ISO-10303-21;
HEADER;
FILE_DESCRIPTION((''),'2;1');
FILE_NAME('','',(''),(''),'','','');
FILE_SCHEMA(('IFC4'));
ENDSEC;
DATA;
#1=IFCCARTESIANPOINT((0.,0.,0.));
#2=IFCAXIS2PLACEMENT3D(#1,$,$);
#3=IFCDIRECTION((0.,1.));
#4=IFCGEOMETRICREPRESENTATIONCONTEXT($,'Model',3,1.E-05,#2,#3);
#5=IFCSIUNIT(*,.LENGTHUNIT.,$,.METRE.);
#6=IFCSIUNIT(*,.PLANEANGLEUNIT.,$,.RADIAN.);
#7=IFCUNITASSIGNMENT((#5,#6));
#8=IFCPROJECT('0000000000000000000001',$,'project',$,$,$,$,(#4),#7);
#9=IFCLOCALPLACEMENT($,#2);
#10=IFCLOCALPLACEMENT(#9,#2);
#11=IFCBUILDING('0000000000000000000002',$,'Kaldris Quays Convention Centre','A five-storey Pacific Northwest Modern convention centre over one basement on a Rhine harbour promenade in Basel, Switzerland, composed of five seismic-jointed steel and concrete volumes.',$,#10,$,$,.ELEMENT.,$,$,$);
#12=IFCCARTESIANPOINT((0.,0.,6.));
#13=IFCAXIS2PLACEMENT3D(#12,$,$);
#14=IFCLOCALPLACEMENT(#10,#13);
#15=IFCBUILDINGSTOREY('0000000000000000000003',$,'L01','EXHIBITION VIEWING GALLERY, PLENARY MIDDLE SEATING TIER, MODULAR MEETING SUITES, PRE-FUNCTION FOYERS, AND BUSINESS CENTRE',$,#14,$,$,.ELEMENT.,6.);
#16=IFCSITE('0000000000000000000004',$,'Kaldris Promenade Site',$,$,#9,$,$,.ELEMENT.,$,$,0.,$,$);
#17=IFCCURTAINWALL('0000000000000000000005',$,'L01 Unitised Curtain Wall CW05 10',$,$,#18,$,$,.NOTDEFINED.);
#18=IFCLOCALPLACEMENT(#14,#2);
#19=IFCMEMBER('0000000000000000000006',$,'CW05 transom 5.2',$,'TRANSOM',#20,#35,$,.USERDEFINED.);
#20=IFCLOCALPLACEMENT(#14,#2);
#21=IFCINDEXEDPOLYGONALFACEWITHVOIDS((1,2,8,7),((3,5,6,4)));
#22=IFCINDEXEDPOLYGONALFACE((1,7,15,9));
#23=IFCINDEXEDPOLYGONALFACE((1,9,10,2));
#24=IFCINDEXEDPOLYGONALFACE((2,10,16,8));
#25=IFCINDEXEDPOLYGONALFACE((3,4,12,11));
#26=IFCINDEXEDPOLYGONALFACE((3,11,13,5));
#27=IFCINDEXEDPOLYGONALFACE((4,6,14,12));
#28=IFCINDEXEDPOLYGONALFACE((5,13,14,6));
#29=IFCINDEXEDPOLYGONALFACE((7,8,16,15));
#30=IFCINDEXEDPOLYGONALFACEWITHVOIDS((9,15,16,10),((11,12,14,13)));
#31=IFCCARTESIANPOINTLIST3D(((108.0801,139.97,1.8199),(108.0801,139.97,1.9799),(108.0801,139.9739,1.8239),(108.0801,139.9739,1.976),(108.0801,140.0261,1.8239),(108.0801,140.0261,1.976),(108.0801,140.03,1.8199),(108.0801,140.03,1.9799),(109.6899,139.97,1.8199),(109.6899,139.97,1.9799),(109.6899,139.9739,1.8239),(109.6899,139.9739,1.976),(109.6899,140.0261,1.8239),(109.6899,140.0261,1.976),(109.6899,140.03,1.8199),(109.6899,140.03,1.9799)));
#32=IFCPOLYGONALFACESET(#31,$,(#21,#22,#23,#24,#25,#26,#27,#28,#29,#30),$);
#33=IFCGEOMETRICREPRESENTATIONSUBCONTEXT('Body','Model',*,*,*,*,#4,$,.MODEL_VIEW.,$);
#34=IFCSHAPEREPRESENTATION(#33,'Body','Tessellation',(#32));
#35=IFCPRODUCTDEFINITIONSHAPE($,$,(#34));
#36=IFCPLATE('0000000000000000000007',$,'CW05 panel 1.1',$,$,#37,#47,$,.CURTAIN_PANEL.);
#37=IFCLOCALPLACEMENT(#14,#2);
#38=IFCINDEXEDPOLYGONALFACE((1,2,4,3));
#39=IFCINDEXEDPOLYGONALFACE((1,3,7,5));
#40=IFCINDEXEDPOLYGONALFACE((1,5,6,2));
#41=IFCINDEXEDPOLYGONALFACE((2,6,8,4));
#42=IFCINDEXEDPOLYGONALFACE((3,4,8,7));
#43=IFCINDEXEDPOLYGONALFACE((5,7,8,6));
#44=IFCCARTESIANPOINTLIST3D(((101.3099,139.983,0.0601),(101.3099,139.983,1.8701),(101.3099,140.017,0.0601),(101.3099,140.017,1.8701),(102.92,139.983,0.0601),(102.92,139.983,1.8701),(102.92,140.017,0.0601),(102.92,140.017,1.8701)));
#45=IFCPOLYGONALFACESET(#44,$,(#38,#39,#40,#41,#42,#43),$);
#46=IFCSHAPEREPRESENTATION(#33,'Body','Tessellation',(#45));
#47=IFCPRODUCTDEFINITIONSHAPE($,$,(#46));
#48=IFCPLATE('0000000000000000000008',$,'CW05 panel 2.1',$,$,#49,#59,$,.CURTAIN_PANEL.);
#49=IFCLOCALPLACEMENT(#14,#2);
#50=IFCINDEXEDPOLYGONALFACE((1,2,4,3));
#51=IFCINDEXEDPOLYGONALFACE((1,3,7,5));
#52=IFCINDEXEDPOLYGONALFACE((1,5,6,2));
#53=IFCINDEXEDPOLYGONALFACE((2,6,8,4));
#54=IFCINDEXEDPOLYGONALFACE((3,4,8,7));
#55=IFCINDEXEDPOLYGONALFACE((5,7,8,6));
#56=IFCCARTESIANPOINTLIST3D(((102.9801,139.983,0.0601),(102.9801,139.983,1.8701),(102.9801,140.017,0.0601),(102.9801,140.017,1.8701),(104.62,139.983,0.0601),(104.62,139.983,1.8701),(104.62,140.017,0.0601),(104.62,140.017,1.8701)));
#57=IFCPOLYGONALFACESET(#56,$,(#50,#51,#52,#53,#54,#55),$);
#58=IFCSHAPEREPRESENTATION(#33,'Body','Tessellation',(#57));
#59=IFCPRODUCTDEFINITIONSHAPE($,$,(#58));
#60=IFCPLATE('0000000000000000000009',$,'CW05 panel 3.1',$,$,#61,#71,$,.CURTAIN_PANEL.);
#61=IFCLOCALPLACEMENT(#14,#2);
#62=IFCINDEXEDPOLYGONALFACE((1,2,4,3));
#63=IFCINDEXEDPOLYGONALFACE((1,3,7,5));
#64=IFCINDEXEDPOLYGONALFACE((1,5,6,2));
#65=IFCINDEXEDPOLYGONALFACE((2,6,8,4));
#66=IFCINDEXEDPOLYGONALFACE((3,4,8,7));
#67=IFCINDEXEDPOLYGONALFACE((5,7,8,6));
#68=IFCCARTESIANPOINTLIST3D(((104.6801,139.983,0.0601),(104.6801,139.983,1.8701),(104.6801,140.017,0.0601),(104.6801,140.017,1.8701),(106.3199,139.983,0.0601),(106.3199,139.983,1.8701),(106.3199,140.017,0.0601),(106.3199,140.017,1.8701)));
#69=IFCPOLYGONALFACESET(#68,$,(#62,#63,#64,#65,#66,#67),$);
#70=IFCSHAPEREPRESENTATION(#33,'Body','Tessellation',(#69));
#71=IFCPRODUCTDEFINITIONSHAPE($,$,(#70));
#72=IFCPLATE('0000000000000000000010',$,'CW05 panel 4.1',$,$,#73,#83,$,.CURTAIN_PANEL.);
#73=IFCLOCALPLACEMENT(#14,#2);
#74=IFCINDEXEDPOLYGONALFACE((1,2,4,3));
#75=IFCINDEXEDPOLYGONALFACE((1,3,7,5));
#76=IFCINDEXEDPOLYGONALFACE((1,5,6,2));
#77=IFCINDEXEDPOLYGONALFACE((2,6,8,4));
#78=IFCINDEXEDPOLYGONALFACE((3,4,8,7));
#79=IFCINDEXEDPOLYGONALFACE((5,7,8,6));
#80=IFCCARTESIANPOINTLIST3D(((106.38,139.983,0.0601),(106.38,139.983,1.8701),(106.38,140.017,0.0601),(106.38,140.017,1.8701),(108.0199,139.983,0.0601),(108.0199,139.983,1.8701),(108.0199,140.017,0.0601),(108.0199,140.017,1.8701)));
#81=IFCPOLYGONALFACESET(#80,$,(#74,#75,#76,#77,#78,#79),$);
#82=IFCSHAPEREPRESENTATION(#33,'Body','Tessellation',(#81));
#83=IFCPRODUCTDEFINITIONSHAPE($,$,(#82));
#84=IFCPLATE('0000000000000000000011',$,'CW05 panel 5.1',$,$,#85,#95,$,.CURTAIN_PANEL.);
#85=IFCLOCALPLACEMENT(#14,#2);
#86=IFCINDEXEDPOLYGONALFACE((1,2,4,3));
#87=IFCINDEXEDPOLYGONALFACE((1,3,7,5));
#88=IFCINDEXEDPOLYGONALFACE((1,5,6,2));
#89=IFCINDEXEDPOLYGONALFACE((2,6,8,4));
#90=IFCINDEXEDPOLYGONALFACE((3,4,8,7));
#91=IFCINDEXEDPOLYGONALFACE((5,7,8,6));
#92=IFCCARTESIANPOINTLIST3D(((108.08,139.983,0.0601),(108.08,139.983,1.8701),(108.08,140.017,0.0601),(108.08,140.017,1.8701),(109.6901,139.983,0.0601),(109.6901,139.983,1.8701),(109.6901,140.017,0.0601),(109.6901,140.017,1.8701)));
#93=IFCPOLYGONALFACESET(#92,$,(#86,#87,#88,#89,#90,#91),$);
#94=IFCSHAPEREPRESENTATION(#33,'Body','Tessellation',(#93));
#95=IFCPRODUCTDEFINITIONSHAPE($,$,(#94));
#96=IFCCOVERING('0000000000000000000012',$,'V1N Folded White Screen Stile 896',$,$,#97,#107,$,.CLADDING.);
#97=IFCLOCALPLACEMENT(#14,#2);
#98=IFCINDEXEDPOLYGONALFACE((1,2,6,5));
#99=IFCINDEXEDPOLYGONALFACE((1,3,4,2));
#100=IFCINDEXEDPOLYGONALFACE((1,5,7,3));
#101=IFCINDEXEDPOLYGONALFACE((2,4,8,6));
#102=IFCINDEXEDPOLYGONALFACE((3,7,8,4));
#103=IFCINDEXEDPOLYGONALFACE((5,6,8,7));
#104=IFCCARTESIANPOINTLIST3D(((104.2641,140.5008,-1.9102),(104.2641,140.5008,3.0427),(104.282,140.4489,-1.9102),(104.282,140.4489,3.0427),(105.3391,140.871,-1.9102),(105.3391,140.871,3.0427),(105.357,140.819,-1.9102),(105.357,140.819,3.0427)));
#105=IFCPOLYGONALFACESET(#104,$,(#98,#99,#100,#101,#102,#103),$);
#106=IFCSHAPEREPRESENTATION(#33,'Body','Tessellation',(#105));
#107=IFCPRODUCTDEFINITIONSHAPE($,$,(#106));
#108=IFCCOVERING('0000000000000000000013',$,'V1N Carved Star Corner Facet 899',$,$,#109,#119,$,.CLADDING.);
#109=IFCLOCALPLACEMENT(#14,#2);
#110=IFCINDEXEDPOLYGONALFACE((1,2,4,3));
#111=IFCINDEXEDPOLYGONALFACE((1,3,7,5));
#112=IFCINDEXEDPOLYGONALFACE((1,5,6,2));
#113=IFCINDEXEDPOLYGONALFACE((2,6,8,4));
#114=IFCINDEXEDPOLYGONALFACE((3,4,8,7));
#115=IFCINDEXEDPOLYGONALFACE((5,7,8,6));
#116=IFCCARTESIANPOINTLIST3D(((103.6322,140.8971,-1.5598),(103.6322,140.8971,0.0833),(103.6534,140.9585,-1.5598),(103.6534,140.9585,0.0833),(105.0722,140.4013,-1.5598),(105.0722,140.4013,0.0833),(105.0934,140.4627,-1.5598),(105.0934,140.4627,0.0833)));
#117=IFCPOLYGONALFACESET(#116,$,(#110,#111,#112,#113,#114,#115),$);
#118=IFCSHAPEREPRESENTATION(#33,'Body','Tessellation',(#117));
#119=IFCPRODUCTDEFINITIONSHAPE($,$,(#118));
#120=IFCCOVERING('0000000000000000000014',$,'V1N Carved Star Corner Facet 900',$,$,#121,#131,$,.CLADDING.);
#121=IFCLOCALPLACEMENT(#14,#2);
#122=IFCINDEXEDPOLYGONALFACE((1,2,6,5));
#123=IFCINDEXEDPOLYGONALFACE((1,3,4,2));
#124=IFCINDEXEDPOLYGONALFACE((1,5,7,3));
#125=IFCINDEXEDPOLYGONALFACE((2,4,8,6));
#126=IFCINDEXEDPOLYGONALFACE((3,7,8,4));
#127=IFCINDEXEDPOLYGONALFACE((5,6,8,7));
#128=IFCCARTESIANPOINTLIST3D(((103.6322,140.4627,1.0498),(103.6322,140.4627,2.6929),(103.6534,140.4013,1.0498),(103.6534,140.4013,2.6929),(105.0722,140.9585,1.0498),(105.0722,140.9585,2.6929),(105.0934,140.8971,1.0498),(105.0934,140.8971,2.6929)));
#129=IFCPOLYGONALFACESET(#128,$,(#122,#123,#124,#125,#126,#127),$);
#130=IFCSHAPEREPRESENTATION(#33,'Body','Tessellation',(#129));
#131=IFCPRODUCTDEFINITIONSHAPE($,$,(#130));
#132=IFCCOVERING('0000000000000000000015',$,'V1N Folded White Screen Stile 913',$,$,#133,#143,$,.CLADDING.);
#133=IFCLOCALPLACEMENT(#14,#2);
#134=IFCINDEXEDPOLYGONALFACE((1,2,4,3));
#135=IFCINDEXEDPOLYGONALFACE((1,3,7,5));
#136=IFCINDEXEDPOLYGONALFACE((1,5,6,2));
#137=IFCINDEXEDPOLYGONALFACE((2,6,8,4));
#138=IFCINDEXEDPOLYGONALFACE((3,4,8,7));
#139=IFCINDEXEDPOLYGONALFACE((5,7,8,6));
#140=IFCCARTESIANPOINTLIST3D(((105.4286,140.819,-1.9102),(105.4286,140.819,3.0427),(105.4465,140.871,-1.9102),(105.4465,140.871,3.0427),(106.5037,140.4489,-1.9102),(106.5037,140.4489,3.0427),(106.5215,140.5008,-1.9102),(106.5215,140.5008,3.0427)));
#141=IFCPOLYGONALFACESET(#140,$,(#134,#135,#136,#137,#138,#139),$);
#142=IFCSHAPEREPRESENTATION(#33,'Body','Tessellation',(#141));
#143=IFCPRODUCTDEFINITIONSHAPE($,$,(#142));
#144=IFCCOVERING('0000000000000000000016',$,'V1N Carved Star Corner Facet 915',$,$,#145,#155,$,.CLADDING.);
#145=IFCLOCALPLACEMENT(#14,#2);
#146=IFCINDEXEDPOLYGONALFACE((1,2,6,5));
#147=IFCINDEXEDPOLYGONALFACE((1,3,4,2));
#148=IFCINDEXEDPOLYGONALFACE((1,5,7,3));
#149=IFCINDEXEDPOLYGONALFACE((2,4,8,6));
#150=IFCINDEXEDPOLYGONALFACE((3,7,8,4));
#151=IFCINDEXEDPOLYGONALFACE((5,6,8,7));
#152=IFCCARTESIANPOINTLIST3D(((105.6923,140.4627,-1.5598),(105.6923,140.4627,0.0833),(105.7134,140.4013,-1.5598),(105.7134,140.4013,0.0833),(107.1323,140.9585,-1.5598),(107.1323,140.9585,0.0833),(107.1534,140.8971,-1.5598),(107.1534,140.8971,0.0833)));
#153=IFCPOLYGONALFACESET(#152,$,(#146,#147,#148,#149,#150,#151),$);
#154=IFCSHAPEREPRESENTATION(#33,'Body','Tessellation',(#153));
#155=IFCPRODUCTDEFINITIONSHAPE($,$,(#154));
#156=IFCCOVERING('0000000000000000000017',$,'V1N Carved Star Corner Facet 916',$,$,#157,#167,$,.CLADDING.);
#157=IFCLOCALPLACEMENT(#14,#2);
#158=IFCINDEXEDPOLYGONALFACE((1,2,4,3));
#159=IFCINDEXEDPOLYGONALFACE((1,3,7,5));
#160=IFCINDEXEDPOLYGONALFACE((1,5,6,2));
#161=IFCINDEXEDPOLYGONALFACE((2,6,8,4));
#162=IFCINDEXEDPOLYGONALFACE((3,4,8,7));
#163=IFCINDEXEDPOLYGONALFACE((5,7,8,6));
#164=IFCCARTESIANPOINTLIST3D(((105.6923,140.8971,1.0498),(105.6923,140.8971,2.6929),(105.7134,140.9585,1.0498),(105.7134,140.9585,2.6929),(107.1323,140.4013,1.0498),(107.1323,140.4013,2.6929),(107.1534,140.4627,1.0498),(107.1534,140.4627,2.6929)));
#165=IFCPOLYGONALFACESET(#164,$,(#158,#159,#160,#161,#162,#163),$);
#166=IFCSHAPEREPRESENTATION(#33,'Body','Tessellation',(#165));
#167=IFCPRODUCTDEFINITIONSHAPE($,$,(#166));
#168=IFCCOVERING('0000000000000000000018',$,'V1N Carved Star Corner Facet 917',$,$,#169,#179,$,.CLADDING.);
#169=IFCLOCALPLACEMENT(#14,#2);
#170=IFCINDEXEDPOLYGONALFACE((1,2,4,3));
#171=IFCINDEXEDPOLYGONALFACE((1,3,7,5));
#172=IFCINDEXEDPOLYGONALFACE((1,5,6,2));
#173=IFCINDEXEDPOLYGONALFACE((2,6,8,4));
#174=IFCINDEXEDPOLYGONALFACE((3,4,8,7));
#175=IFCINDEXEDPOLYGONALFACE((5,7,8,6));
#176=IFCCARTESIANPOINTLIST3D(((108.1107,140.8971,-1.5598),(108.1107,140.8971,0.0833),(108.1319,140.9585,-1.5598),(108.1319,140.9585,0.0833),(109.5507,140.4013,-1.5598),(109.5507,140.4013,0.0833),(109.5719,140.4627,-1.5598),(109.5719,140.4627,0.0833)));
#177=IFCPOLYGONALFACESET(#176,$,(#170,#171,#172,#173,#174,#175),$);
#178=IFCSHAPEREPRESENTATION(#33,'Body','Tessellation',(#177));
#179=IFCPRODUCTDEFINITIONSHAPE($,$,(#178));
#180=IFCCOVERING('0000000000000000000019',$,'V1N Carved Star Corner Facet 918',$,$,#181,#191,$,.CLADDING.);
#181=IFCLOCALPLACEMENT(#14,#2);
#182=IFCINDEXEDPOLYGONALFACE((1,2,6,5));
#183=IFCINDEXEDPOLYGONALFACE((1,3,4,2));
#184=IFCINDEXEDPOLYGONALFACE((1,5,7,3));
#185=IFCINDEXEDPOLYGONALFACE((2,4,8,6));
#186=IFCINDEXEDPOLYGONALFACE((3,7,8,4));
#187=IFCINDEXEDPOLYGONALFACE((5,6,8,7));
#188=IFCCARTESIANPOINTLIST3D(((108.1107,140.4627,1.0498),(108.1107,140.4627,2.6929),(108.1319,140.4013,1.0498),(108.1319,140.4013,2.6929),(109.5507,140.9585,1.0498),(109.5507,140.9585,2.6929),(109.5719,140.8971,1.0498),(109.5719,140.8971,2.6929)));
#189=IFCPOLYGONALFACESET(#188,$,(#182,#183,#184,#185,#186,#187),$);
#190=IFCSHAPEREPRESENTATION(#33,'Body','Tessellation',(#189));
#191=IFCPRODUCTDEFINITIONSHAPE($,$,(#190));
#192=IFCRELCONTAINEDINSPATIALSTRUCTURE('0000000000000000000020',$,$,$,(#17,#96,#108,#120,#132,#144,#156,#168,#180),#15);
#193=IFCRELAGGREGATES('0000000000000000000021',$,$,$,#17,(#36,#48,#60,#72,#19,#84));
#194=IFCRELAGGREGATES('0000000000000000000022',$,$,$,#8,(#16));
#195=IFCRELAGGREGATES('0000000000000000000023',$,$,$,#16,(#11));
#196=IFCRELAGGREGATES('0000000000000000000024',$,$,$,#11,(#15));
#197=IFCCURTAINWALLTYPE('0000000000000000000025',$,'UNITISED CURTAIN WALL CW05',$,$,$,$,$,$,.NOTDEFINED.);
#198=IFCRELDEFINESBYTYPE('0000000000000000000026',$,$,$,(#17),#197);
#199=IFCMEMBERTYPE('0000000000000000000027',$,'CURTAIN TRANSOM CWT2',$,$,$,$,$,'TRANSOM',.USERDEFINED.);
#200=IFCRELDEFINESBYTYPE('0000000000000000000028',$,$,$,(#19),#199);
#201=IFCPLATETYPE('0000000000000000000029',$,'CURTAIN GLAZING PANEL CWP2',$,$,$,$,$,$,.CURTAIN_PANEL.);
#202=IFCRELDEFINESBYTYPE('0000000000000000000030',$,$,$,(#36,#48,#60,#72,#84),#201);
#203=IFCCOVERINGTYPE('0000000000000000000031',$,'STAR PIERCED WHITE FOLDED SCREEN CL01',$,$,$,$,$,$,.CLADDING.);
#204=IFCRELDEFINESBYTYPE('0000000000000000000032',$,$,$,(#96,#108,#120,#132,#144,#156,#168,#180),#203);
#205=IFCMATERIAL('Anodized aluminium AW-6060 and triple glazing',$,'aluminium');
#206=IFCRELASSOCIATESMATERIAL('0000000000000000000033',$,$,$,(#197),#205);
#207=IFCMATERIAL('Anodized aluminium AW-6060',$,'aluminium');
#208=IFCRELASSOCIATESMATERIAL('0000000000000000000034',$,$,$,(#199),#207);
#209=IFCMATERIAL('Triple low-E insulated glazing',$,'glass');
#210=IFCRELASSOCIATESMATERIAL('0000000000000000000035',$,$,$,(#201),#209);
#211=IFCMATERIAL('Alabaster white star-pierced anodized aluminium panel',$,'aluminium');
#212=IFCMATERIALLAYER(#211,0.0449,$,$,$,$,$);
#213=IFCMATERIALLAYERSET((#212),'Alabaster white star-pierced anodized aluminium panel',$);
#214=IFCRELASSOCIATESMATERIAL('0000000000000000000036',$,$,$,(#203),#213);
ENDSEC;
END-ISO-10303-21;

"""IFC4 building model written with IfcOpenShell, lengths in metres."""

from ifc_helpers import new_model, si_unit, direction, frame, origin, origin_2d, place, context, subcontext, project, spatial, rectangle, hollow_rectangle, extrude, material, layer, layer_set, material_profile, profile_set, type_object, element, aggregate, save


model = new_model("IFC4")

# Units and contexts
model_context = context("Model", 3, precision=1e-05, world=origin(), true_north=direction((0.0, 1.0)))
body_context = subcontext(model_context, "Body", "Model", "MODEL_VIEW")
ifc_project = project(units=[si_unit("LENGTHUNIT", "METRE"), si_unit("PLANEANGLEUNIT", "RADIAN")], contexts=[model_context])

# Site, building, storey
site_placement = place(None, origin())
site = spatial("IfcSite", under=ifc_project, at=site_placement, Name="Kaldris Promenade Site", CompositionType="ELEMENT", RefElevation=0.0)
building_placement = place(site_placement, origin())
building = spatial("IfcBuilding", under=site, at=building_placement, Name="Kaldris Quays Convention Centre", Description="A five-storey Pacific Northwest Modern convention centre over one basement on a Rhine harbour promenade in Basel, Switzerland, composed of five seismic-jointed steel and concrete volumes.", CompositionType="ELEMENT")
storey_placement = place(building_placement, frame((0.0, 0.0, 6.0)))
storey = spatial("IfcBuildingStorey", under=building, at=storey_placement, Name="L01", Description="EXHIBITION VIEWING GALLERY, PLENARY MIDDLE SEATING TIER, MODULAR MEETING SUITES, PRE-FUNCTION FOYERS, AND BUSINESS CENTRE", CompositionType="ELEMENT", Elevation=6.0)

# Curtain wall, member, plates
ifc_material_1 = material(Name="Anodized aluminium AW-6060 and triple glazing", Category="aluminium")
curtain_wall_type = type_object("IfcCurtainWallType", Name="UNITISED CURTAIN WALL CW05", PredefinedType="NOTDEFINED", material=ifc_material_1)
curtain_wall_placement = place(storey_placement, origin())
curtain_wall = element("IfcCurtainWall", 1, at=curtain_wall_placement, inside=storey, type_object=curtain_wall_type, Name="L01 Unitised Curtain Wall CW05 10", PredefinedType="NOTDEFINED")
ifc_material_2 = material(Name="Anodized aluminium AW-6060", Category="aluminium")
ifc_material_profile_1 = material_profile(ifc_material_2, hollow_rectangle(XDim=0.0601, YDim=0.1599, WallThickness=0.0039, at=origin_2d()), Name="RHS 160x60x4")
ifc_profile_set_1 = profile_set([ifc_material_profile_1], Name="Anodized aluminium AW-6060")
member_type_1 = type_object("IfcMemberType", Name="CURTAIN TRANSOM CWT2", ElementType="TRANSOM", PredefinedType="USERDEFINED", material=ifc_profile_set_1)
member_1_placement = place(storey_placement, frame((108.0801, 140.0, 1.8999), z_axis=(1.0, 0.0, 0.0), x_axis=(0.0, 1.0, 0.0)))
member_1 = element("IfcMember", 2, at=member_1_placement, type_object=member_type_1, Name="CW05 transom 5.2", ObjectType="TRANSOM", PredefinedType="USERDEFINED", context=body_context, shape_type="SweptSolid", body=[
    extrude(hollow_rectangle(XDim=0.0601, YDim=0.1599, WallThickness=0.0039, at=origin_2d()), origin(), (0.0, 0.0, 1.0), 1.6099),
])
ifc_material_3 = material(Name="Triple low-E insulated glazing", Category="glass")
plate_type = type_object("IfcPlateType", Name="CURTAIN GLAZING PANEL CWP2", PredefinedType="CURTAIN_PANEL", material=ifc_material_3)
plate_1_placement = place(storey_placement, frame((102.115, 140.0, 0.0601), z_axis=(0.0, 0.0, 1.0), x_axis=(1.0, 0.0, 0.0)))
plate_1 = element("IfcPlate", 3, at=plate_1_placement, type_object=plate_type, Name="CW05 panel 1.1", PredefinedType="CURTAIN_PANEL", context=body_context, shape_type="SweptSolid", body=[
    extrude(rectangle(XDim=1.6101, YDim=0.0339, at=origin_2d()), origin(), (0.0, 0.0, 1.0), 1.8101),
])
plate_2_placement = place(storey_placement, frame((103.8, 140.0, 0.0601), z_axis=(0.0, 0.0, 1.0), x_axis=(1.0, 0.0, 0.0)))
plate_2 = element("IfcPlate", 4, at=plate_2_placement, type_object=plate_type, Name="CW05 panel 2.1", PredefinedType="CURTAIN_PANEL", context=body_context, shape_type="SweptSolid", body=[
    extrude(rectangle(XDim=1.6399, YDim=0.0339, at=origin_2d()), origin(), (0.0, 0.0, 1.0), 1.8101),
])
plate_3_placement = place(storey_placement, frame((105.5, 140.0, 0.0601), z_axis=(0.0, 0.0, 1.0), x_axis=(1.0, 0.0, 0.0)))
plate_3 = element("IfcPlate", 5, at=plate_3_placement, type_object=plate_type, Name="CW05 panel 3.1", PredefinedType="CURTAIN_PANEL", context=body_context, shape_type="SweptSolid", body=[
    extrude(rectangle(XDim=1.6399, YDim=0.0339, at=origin_2d()), origin(), (0.0, 0.0, 1.0), 1.8101),
])
plate_4_placement = place(storey_placement, frame((107.2, 140.0, 0.0601), z_axis=(0.0, 0.0, 1.0), x_axis=(1.0, 0.0, 0.0)))
plate_4 = element("IfcPlate", 6, at=plate_4_placement, type_object=plate_type, Name="CW05 panel 4.1", PredefinedType="CURTAIN_PANEL", context=body_context, shape_type="SweptSolid", body=[
    extrude(rectangle(XDim=1.6399, YDim=0.0339, at=origin_2d()), origin(), (0.0, 0.0, 1.0), 1.8101),
])
plate_5_placement = place(storey_placement, frame((108.885, 140.0, 0.0601), z_axis=(0.0, 0.0, 1.0), x_axis=(1.0, 0.0, 0.0)))
plate_5 = element("IfcPlate", 7, at=plate_5_placement, type_object=plate_type, Name="CW05 panel 5.1", PredefinedType="CURTAIN_PANEL", context=body_context, shape_type="SweptSolid", body=[
    extrude(rectangle(XDim=1.6101, YDim=0.0339, at=origin_2d()), origin(), (0.0, 0.0, 1.0), 1.8101),
])
aggregate(curtain_wall, [plate_1, plate_2, plate_3, plate_4, member_1, plate_5])

# Coverings
ifc_material_4 = material(Name="Alabaster white star-pierced anodized aluminium panel", Category="aluminium")
ifc_layer = layer(ifc_material_4, 0.0449)
ifc_layer_set = layer_set([ifc_layer], Name="Alabaster white star-pierced anodized aluminium panel")
covering_type = type_object("IfcCoveringType", Name="STAR PIERCED WHITE FOLDED SCREEN CL01", PredefinedType="CLADDING", material=ifc_layer_set)
covering_1_placement = place(storey_placement, frame((104.8105, 140.6599, -1.9102), z_axis=(0.0, 0.0, 1.0), x_axis=(0.945519, 0.325568, 0.0)))
element("IfcCovering", 8, at=covering_1_placement, inside=storey, type_object=covering_type, Name="V1N Folded White Screen Stile 896", PredefinedType="CLADDING", context=body_context, shape_type="SweptSolid", body=[
    extrude(rectangle(XDim=1.137, YDim=0.0549, at=origin_2d()), origin(), (0.0, 0.0, 1.0), 4.9529),
])
for number, where, z_axis, x_axis, name in (
    (9, (104.3628, 140.6799, -1.5598), (0.0, 0.0, 1.0), (0.945519, -0.325568, 0.0), "V1N Carved Star Corner Facet 899"),
    (10, (104.3628, 140.6799, 1.0498), (0.0, 0.0, 1.0), (0.945519, 0.325568, 0.0), "V1N Carved Star Corner Facet 900"),
):
    element("IfcCovering", number, at=place(storey_placement, frame(where, z_axis=z_axis, x_axis=x_axis)), inside=storey, type_object=covering_type, Name=name, PredefinedType="CLADDING", context=body_context, shape_type="SweptSolid", body=[
        extrude(rectangle(XDim=1.5229, YDim=0.0649, at=origin_2d()), origin(), (0.0, 0.0, 1.0), 1.6431),
    ])
covering_2_placement = place(storey_placement, frame((105.9751, 140.6599, -1.9102), z_axis=(0.0, 0.0, 1.0), x_axis=(0.945519, -0.325568, 0.0)))
element("IfcCovering", 11, at=covering_2_placement, inside=storey, type_object=covering_type, Name="V1N Folded White Screen Stile 913", PredefinedType="CLADDING", context=body_context, shape_type="SweptSolid", body=[
    extrude(rectangle(XDim=1.137, YDim=0.0549, at=origin_2d()), origin(), (0.0, 0.0, 1.0), 4.9529),
])
for number, where, z_axis, x_axis, name in (
    (12, (106.4229, 140.6799, -1.5598), (0.0, 0.0, 1.0), (0.945519, 0.325568, 0.0), "V1N Carved Star Corner Facet 915"),
    (13, (106.4229, 140.6799, 1.0498), (0.0, 0.0, 1.0), (0.945519, -0.325568, 0.0), "V1N Carved Star Corner Facet 916"),
    (14, (108.8413, 140.6799, -1.5598), (0.0, 0.0, 1.0), (0.945519, -0.325568, 0.0), "V1N Carved Star Corner Facet 917"),
    (15, (108.8413, 140.6799, 1.0498), (0.0, 0.0, 1.0), (0.945519, 0.325568, 0.0), "V1N Carved Star Corner Facet 918"),
):
    element("IfcCovering", number, at=place(storey_placement, frame(where, z_axis=z_axis, x_axis=x_axis)), inside=storey, type_object=covering_type, Name=name, PredefinedType="CLADDING", context=body_context, shape_type="SweptSolid", body=[
        extrude(rectangle(XDim=1.5229, YDim=0.0649, at=origin_2d()), origin(), (0.0, 0.0, 1.0), 1.6431),
    ])

save(model, "model.ifc")
